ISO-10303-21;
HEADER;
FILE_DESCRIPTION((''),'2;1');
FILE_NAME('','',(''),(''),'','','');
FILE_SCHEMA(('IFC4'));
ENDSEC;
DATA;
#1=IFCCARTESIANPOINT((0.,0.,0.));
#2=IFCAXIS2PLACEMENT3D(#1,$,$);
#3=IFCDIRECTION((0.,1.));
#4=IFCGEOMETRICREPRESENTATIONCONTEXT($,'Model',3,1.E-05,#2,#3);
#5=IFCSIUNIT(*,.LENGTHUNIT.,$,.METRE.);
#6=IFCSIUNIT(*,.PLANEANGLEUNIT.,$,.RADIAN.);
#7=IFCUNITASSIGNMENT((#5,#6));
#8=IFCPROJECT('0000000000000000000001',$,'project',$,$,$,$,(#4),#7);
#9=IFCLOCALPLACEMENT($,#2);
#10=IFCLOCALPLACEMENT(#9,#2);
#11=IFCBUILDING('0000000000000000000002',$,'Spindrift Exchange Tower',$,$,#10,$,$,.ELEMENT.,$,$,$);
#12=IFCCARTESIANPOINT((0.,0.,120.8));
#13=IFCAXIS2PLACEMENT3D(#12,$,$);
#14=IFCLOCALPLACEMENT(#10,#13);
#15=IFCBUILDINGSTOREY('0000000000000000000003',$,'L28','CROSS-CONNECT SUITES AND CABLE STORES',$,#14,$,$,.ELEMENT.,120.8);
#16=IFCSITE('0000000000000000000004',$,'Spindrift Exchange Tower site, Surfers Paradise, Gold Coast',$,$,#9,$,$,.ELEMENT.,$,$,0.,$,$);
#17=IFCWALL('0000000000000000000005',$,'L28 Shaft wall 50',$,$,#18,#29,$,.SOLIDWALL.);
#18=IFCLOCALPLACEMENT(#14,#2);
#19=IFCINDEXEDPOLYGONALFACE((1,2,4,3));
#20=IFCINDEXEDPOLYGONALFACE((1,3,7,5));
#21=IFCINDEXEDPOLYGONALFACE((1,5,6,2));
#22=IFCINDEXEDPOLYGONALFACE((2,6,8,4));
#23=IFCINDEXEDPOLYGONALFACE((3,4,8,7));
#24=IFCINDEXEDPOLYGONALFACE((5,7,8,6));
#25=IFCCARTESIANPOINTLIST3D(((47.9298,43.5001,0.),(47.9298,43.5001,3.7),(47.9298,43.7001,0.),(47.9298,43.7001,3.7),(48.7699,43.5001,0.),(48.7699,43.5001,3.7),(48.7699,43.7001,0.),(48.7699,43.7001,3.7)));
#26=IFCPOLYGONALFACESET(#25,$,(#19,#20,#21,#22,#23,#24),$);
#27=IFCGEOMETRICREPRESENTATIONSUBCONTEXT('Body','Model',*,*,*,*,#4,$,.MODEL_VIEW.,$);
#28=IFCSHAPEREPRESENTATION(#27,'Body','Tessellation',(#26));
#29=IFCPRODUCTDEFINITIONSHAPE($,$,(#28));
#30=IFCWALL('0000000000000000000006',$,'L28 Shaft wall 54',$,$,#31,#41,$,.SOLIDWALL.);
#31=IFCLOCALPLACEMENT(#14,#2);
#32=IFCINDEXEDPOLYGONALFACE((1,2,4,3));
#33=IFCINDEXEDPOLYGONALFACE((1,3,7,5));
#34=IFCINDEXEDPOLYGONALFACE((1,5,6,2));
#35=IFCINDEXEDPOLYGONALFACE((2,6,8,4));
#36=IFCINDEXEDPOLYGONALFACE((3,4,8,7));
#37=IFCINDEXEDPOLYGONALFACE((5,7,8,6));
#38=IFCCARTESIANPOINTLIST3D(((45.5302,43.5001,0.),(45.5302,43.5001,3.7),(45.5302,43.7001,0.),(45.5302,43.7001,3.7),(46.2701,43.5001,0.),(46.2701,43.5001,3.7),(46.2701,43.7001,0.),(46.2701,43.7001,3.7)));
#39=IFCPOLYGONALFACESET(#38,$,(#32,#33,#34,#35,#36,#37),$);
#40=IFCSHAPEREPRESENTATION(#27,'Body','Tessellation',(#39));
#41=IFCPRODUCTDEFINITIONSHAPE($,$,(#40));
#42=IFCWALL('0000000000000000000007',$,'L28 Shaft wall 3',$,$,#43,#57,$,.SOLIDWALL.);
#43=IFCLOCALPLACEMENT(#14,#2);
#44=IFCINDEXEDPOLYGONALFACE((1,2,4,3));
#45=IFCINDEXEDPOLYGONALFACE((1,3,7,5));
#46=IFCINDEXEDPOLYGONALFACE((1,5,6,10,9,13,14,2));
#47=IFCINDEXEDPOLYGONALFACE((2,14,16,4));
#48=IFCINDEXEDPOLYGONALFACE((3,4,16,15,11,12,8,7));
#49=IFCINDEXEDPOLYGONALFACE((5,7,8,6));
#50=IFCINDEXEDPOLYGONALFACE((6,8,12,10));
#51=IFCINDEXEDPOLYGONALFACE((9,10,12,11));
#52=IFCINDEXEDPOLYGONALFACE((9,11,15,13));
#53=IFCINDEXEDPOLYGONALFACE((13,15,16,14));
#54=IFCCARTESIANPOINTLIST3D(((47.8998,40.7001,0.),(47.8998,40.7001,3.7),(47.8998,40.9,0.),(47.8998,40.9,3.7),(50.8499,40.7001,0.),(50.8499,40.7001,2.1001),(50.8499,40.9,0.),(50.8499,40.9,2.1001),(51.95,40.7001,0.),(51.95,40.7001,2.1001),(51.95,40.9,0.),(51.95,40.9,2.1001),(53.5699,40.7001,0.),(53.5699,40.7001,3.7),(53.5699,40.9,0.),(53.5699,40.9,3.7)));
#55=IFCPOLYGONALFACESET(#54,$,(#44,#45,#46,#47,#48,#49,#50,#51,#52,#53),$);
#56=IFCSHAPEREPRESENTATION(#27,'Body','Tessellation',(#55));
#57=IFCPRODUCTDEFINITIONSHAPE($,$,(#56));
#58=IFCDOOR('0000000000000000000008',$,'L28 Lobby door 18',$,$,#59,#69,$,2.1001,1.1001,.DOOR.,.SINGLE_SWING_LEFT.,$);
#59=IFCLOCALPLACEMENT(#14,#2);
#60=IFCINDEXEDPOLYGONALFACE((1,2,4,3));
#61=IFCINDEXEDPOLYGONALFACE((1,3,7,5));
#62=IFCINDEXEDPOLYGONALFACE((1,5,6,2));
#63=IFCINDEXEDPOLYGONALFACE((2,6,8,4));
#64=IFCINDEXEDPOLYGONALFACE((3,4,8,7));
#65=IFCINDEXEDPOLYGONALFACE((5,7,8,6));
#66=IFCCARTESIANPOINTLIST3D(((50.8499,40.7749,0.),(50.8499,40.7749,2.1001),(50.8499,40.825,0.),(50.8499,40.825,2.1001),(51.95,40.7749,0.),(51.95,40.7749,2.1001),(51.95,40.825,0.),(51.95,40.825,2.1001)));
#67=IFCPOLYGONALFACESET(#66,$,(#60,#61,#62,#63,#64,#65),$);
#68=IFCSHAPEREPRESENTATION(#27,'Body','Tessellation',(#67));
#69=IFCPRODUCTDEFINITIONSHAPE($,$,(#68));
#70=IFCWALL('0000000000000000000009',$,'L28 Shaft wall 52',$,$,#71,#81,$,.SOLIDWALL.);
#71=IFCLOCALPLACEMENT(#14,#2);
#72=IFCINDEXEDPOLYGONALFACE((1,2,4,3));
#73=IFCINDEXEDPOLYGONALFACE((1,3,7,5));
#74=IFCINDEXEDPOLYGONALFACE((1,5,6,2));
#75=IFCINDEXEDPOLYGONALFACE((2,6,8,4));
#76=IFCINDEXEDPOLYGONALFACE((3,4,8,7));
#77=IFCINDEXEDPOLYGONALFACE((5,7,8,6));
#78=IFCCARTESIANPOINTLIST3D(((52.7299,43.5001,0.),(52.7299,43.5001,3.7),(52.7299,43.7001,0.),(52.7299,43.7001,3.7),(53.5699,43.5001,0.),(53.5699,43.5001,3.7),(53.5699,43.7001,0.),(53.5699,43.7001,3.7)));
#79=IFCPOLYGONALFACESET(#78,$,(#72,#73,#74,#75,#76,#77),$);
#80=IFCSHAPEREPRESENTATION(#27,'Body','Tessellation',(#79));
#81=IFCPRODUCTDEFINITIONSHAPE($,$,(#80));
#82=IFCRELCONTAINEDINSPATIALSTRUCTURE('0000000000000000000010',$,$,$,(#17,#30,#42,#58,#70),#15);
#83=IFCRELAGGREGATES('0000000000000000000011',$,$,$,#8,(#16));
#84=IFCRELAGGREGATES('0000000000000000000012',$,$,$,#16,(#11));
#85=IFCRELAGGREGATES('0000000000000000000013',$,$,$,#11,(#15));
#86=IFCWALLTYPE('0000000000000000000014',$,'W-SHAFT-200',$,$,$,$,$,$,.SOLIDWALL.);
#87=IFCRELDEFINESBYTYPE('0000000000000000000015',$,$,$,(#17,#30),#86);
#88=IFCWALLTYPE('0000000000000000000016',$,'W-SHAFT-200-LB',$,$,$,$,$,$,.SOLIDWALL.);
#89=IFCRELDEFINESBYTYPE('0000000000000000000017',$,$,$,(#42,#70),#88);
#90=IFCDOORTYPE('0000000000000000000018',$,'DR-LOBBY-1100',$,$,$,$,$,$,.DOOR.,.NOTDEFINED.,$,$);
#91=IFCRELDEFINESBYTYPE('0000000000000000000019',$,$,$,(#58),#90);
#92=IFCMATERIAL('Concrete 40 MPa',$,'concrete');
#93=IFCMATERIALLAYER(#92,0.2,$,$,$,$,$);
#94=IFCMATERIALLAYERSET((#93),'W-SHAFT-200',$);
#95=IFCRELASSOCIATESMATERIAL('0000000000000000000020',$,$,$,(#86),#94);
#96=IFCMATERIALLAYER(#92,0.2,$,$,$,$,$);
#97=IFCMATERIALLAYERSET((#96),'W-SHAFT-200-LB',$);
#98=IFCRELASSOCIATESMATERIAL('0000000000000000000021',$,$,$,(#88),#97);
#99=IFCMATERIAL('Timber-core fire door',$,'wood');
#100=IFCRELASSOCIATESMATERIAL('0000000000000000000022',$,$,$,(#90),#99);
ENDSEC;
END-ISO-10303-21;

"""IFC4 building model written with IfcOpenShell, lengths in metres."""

from ifc_helpers import new_model, si_unit, direction, frame, frame_2d, origin, place, context, subcontext, project, spatial, rectangle, extrude, source, transform, mapped, material, layer, layer_set, type_object, element, fill, save


model = new_model("IFC4")

# Units and contexts
model_context = context("Model", 3, precision=1e-05, world=origin(), true_north=direction((0.0, 1.0)))
body_context = subcontext(model_context, "Body", "Model", "MODEL_VIEW")
ifc_project = project(units=[si_unit("LENGTHUNIT", "METRE"), si_unit("PLANEANGLEUNIT", "RADIAN")], contexts=[model_context])

# Site, building, storey
site_placement = place(None, origin())
site = spatial("IfcSite", under=ifc_project, at=site_placement, Name="Spindrift Exchange Tower site, Surfers Paradise, Gold Coast", CompositionType="ELEMENT", RefElevation=0.0)
building_placement = place(site_placement, origin())
building = spatial("IfcBuilding", under=site, at=building_placement, Name="Spindrift Exchange Tower", CompositionType="ELEMENT")
storey_placement = place(building_placement, frame((0.0, 0.0, 120.8)))
storey = spatial("IfcBuildingStorey", under=building, at=storey_placement, Name="L28", Description="CROSS-CONNECT SUITES AND CABLE STORES", CompositionType="ELEMENT", Elevation=120.8)

# Shared definitions
ifc_material_1 = material(Name="Concrete 40 MPa", Category="concrete")
ifc_layer_1 = layer(ifc_material_1, 0.2)
ifc_layer_set_1 = layer_set([ifc_layer_1], Name="W-SHAFT-200")
wall_type_1 = type_object("IfcWallType", Name="W-SHAFT-200", PredefinedType="SOLIDWALL", material=ifc_layer_set_1)

# Walls
wall_1_placement = place(storey_placement, frame((47.9299, 43.6001, 0.0), z_axis=(0.0, 0.0, 1.0), x_axis=(1.0, 0.0, 0.0)))
element("IfcWall", 1, at=wall_1_placement, inside=storey, type_object=wall_type_1, Name="L28 Shaft wall 50", PredefinedType="SOLIDWALL", context=body_context, shape_type="SweptSolid", body=[
    extrude(rectangle(XDim=0.8401, YDim=0.2, at=frame_2d((0.4199, 0.0))), origin(), (0.0, 0.0, 1.0), 3.7),
])
wall_2_placement = place(storey_placement, frame((45.53, 43.6001, 0.0), z_axis=(0.0, 0.0, 1.0), x_axis=(1.0, 0.0, 0.0)))
element("IfcWall", 2, at=wall_2_placement, inside=storey, type_object=wall_type_1, Name="L28 Shaft wall 54", PredefinedType="SOLIDWALL", context=body_context, shape_type="SweptSolid", body=[
    extrude(rectangle(XDim=0.74, YDim=0.2, at=frame_2d((0.3701, 0.0))), origin(), (0.0, 0.0, 1.0), 3.7),
])

# Wall, opening, door
ifc_layer_2 = layer(ifc_material_1, 0.2)
ifc_layer_set_2 = layer_set([ifc_layer_2], Name="W-SHAFT-200-LB")
wall_type_2 = type_object("IfcWallType", Name="W-SHAFT-200-LB", PredefinedType="SOLIDWALL", material=ifc_layer_set_2)
wall_3_placement = place(storey_placement, frame((47.8999, 40.8, 0.0), z_axis=(0.0, 0.0, 1.0), x_axis=(1.0, 0.0, 0.0)))
wall_3 = element("IfcWall", 3, at=wall_3_placement, inside=storey, type_object=wall_type_2, Name="L28 Shaft wall 3", PredefinedType="SOLIDWALL", context=body_context, shape_type="SweptSolid", body=[
    extrude(rectangle(XDim=5.6702, YDim=0.2, at=frame_2d((2.835, 0.0))), origin(), (0.0, 0.0, 1.0), 3.7),
])
opening_1_placement = place(wall_3_placement, frame((2.95, 0.0, 0.0)))
opening_1 = element("IfcOpeningElement", 4, at=opening_1_placement, cuts=wall_3, PredefinedType="OPENING", context=body_context, shape_type="SweptSolid", body=[
    extrude(rectangle(XDim=1.1001, YDim=2.1001, at=frame_2d((0.55, 1.05))), frame((0.0, 0.1099, 0.0), z_axis=(0.0, -1.0, 0.0), x_axis=(1.0, 0.0, 0.0)), (0.0, 0.0, 1.0), 0.22),
])
ifc_material_2 = material(Name="Timber-core fire door", Category="wood")
door_type_1 = type_object("IfcDoorType", Name="DR-LOBBY-1100", OperationType="NOTDEFINED", PredefinedType="DOOR", material=ifc_material_2)
shared_shape_1 = source(origin(), body_context, "Body", "SweptSolid", [
    extrude(rectangle(XDim=1.1001, YDim=2.1001, at=frame_2d((0.55, 1.05))), frame((0.0, 0.0249, 0.0), z_axis=(0.0, -1.0, 0.0), x_axis=(1.0, 0.0, 0.0)), (0.0, 0.0, 1.0), 0.05),
])
door_1_placement = place(opening_1_placement, origin())
door_1 = element("IfcDoor", 5, at=door_1_placement, inside=storey, type_object=door_type_1, Name="L28 Lobby door 18", OperationType="SINGLE_SWING_LEFT", OverallHeight=2.1001, OverallWidth=1.1001, PredefinedType="DOOR", context=body_context, shape_type="MappedRepresentation", body=[
    mapped(shared_shape_1, transform((0.0, 0.0, 0.0), scale=1.0)),
])
fill(opening_1, door_1)

# Wall
wall_4_placement = place(storey_placement, frame((52.73, 43.6001, 0.0), z_axis=(0.0, 0.0, 1.0), x_axis=(1.0, 0.0, 0.0)))
element("IfcWall", 6, at=wall_4_placement, inside=storey, type_object=wall_type_2, Name="L28 Shaft wall 52", PredefinedType="SOLIDWALL", context=body_context, shape_type="SweptSolid", body=[
    extrude(rectangle(XDim=0.8401, YDim=0.2, at=frame_2d((0.4199, 0.0))), origin(), (0.0, 0.0, 1.0), 3.7),
])

save(model, "model.ifc")
